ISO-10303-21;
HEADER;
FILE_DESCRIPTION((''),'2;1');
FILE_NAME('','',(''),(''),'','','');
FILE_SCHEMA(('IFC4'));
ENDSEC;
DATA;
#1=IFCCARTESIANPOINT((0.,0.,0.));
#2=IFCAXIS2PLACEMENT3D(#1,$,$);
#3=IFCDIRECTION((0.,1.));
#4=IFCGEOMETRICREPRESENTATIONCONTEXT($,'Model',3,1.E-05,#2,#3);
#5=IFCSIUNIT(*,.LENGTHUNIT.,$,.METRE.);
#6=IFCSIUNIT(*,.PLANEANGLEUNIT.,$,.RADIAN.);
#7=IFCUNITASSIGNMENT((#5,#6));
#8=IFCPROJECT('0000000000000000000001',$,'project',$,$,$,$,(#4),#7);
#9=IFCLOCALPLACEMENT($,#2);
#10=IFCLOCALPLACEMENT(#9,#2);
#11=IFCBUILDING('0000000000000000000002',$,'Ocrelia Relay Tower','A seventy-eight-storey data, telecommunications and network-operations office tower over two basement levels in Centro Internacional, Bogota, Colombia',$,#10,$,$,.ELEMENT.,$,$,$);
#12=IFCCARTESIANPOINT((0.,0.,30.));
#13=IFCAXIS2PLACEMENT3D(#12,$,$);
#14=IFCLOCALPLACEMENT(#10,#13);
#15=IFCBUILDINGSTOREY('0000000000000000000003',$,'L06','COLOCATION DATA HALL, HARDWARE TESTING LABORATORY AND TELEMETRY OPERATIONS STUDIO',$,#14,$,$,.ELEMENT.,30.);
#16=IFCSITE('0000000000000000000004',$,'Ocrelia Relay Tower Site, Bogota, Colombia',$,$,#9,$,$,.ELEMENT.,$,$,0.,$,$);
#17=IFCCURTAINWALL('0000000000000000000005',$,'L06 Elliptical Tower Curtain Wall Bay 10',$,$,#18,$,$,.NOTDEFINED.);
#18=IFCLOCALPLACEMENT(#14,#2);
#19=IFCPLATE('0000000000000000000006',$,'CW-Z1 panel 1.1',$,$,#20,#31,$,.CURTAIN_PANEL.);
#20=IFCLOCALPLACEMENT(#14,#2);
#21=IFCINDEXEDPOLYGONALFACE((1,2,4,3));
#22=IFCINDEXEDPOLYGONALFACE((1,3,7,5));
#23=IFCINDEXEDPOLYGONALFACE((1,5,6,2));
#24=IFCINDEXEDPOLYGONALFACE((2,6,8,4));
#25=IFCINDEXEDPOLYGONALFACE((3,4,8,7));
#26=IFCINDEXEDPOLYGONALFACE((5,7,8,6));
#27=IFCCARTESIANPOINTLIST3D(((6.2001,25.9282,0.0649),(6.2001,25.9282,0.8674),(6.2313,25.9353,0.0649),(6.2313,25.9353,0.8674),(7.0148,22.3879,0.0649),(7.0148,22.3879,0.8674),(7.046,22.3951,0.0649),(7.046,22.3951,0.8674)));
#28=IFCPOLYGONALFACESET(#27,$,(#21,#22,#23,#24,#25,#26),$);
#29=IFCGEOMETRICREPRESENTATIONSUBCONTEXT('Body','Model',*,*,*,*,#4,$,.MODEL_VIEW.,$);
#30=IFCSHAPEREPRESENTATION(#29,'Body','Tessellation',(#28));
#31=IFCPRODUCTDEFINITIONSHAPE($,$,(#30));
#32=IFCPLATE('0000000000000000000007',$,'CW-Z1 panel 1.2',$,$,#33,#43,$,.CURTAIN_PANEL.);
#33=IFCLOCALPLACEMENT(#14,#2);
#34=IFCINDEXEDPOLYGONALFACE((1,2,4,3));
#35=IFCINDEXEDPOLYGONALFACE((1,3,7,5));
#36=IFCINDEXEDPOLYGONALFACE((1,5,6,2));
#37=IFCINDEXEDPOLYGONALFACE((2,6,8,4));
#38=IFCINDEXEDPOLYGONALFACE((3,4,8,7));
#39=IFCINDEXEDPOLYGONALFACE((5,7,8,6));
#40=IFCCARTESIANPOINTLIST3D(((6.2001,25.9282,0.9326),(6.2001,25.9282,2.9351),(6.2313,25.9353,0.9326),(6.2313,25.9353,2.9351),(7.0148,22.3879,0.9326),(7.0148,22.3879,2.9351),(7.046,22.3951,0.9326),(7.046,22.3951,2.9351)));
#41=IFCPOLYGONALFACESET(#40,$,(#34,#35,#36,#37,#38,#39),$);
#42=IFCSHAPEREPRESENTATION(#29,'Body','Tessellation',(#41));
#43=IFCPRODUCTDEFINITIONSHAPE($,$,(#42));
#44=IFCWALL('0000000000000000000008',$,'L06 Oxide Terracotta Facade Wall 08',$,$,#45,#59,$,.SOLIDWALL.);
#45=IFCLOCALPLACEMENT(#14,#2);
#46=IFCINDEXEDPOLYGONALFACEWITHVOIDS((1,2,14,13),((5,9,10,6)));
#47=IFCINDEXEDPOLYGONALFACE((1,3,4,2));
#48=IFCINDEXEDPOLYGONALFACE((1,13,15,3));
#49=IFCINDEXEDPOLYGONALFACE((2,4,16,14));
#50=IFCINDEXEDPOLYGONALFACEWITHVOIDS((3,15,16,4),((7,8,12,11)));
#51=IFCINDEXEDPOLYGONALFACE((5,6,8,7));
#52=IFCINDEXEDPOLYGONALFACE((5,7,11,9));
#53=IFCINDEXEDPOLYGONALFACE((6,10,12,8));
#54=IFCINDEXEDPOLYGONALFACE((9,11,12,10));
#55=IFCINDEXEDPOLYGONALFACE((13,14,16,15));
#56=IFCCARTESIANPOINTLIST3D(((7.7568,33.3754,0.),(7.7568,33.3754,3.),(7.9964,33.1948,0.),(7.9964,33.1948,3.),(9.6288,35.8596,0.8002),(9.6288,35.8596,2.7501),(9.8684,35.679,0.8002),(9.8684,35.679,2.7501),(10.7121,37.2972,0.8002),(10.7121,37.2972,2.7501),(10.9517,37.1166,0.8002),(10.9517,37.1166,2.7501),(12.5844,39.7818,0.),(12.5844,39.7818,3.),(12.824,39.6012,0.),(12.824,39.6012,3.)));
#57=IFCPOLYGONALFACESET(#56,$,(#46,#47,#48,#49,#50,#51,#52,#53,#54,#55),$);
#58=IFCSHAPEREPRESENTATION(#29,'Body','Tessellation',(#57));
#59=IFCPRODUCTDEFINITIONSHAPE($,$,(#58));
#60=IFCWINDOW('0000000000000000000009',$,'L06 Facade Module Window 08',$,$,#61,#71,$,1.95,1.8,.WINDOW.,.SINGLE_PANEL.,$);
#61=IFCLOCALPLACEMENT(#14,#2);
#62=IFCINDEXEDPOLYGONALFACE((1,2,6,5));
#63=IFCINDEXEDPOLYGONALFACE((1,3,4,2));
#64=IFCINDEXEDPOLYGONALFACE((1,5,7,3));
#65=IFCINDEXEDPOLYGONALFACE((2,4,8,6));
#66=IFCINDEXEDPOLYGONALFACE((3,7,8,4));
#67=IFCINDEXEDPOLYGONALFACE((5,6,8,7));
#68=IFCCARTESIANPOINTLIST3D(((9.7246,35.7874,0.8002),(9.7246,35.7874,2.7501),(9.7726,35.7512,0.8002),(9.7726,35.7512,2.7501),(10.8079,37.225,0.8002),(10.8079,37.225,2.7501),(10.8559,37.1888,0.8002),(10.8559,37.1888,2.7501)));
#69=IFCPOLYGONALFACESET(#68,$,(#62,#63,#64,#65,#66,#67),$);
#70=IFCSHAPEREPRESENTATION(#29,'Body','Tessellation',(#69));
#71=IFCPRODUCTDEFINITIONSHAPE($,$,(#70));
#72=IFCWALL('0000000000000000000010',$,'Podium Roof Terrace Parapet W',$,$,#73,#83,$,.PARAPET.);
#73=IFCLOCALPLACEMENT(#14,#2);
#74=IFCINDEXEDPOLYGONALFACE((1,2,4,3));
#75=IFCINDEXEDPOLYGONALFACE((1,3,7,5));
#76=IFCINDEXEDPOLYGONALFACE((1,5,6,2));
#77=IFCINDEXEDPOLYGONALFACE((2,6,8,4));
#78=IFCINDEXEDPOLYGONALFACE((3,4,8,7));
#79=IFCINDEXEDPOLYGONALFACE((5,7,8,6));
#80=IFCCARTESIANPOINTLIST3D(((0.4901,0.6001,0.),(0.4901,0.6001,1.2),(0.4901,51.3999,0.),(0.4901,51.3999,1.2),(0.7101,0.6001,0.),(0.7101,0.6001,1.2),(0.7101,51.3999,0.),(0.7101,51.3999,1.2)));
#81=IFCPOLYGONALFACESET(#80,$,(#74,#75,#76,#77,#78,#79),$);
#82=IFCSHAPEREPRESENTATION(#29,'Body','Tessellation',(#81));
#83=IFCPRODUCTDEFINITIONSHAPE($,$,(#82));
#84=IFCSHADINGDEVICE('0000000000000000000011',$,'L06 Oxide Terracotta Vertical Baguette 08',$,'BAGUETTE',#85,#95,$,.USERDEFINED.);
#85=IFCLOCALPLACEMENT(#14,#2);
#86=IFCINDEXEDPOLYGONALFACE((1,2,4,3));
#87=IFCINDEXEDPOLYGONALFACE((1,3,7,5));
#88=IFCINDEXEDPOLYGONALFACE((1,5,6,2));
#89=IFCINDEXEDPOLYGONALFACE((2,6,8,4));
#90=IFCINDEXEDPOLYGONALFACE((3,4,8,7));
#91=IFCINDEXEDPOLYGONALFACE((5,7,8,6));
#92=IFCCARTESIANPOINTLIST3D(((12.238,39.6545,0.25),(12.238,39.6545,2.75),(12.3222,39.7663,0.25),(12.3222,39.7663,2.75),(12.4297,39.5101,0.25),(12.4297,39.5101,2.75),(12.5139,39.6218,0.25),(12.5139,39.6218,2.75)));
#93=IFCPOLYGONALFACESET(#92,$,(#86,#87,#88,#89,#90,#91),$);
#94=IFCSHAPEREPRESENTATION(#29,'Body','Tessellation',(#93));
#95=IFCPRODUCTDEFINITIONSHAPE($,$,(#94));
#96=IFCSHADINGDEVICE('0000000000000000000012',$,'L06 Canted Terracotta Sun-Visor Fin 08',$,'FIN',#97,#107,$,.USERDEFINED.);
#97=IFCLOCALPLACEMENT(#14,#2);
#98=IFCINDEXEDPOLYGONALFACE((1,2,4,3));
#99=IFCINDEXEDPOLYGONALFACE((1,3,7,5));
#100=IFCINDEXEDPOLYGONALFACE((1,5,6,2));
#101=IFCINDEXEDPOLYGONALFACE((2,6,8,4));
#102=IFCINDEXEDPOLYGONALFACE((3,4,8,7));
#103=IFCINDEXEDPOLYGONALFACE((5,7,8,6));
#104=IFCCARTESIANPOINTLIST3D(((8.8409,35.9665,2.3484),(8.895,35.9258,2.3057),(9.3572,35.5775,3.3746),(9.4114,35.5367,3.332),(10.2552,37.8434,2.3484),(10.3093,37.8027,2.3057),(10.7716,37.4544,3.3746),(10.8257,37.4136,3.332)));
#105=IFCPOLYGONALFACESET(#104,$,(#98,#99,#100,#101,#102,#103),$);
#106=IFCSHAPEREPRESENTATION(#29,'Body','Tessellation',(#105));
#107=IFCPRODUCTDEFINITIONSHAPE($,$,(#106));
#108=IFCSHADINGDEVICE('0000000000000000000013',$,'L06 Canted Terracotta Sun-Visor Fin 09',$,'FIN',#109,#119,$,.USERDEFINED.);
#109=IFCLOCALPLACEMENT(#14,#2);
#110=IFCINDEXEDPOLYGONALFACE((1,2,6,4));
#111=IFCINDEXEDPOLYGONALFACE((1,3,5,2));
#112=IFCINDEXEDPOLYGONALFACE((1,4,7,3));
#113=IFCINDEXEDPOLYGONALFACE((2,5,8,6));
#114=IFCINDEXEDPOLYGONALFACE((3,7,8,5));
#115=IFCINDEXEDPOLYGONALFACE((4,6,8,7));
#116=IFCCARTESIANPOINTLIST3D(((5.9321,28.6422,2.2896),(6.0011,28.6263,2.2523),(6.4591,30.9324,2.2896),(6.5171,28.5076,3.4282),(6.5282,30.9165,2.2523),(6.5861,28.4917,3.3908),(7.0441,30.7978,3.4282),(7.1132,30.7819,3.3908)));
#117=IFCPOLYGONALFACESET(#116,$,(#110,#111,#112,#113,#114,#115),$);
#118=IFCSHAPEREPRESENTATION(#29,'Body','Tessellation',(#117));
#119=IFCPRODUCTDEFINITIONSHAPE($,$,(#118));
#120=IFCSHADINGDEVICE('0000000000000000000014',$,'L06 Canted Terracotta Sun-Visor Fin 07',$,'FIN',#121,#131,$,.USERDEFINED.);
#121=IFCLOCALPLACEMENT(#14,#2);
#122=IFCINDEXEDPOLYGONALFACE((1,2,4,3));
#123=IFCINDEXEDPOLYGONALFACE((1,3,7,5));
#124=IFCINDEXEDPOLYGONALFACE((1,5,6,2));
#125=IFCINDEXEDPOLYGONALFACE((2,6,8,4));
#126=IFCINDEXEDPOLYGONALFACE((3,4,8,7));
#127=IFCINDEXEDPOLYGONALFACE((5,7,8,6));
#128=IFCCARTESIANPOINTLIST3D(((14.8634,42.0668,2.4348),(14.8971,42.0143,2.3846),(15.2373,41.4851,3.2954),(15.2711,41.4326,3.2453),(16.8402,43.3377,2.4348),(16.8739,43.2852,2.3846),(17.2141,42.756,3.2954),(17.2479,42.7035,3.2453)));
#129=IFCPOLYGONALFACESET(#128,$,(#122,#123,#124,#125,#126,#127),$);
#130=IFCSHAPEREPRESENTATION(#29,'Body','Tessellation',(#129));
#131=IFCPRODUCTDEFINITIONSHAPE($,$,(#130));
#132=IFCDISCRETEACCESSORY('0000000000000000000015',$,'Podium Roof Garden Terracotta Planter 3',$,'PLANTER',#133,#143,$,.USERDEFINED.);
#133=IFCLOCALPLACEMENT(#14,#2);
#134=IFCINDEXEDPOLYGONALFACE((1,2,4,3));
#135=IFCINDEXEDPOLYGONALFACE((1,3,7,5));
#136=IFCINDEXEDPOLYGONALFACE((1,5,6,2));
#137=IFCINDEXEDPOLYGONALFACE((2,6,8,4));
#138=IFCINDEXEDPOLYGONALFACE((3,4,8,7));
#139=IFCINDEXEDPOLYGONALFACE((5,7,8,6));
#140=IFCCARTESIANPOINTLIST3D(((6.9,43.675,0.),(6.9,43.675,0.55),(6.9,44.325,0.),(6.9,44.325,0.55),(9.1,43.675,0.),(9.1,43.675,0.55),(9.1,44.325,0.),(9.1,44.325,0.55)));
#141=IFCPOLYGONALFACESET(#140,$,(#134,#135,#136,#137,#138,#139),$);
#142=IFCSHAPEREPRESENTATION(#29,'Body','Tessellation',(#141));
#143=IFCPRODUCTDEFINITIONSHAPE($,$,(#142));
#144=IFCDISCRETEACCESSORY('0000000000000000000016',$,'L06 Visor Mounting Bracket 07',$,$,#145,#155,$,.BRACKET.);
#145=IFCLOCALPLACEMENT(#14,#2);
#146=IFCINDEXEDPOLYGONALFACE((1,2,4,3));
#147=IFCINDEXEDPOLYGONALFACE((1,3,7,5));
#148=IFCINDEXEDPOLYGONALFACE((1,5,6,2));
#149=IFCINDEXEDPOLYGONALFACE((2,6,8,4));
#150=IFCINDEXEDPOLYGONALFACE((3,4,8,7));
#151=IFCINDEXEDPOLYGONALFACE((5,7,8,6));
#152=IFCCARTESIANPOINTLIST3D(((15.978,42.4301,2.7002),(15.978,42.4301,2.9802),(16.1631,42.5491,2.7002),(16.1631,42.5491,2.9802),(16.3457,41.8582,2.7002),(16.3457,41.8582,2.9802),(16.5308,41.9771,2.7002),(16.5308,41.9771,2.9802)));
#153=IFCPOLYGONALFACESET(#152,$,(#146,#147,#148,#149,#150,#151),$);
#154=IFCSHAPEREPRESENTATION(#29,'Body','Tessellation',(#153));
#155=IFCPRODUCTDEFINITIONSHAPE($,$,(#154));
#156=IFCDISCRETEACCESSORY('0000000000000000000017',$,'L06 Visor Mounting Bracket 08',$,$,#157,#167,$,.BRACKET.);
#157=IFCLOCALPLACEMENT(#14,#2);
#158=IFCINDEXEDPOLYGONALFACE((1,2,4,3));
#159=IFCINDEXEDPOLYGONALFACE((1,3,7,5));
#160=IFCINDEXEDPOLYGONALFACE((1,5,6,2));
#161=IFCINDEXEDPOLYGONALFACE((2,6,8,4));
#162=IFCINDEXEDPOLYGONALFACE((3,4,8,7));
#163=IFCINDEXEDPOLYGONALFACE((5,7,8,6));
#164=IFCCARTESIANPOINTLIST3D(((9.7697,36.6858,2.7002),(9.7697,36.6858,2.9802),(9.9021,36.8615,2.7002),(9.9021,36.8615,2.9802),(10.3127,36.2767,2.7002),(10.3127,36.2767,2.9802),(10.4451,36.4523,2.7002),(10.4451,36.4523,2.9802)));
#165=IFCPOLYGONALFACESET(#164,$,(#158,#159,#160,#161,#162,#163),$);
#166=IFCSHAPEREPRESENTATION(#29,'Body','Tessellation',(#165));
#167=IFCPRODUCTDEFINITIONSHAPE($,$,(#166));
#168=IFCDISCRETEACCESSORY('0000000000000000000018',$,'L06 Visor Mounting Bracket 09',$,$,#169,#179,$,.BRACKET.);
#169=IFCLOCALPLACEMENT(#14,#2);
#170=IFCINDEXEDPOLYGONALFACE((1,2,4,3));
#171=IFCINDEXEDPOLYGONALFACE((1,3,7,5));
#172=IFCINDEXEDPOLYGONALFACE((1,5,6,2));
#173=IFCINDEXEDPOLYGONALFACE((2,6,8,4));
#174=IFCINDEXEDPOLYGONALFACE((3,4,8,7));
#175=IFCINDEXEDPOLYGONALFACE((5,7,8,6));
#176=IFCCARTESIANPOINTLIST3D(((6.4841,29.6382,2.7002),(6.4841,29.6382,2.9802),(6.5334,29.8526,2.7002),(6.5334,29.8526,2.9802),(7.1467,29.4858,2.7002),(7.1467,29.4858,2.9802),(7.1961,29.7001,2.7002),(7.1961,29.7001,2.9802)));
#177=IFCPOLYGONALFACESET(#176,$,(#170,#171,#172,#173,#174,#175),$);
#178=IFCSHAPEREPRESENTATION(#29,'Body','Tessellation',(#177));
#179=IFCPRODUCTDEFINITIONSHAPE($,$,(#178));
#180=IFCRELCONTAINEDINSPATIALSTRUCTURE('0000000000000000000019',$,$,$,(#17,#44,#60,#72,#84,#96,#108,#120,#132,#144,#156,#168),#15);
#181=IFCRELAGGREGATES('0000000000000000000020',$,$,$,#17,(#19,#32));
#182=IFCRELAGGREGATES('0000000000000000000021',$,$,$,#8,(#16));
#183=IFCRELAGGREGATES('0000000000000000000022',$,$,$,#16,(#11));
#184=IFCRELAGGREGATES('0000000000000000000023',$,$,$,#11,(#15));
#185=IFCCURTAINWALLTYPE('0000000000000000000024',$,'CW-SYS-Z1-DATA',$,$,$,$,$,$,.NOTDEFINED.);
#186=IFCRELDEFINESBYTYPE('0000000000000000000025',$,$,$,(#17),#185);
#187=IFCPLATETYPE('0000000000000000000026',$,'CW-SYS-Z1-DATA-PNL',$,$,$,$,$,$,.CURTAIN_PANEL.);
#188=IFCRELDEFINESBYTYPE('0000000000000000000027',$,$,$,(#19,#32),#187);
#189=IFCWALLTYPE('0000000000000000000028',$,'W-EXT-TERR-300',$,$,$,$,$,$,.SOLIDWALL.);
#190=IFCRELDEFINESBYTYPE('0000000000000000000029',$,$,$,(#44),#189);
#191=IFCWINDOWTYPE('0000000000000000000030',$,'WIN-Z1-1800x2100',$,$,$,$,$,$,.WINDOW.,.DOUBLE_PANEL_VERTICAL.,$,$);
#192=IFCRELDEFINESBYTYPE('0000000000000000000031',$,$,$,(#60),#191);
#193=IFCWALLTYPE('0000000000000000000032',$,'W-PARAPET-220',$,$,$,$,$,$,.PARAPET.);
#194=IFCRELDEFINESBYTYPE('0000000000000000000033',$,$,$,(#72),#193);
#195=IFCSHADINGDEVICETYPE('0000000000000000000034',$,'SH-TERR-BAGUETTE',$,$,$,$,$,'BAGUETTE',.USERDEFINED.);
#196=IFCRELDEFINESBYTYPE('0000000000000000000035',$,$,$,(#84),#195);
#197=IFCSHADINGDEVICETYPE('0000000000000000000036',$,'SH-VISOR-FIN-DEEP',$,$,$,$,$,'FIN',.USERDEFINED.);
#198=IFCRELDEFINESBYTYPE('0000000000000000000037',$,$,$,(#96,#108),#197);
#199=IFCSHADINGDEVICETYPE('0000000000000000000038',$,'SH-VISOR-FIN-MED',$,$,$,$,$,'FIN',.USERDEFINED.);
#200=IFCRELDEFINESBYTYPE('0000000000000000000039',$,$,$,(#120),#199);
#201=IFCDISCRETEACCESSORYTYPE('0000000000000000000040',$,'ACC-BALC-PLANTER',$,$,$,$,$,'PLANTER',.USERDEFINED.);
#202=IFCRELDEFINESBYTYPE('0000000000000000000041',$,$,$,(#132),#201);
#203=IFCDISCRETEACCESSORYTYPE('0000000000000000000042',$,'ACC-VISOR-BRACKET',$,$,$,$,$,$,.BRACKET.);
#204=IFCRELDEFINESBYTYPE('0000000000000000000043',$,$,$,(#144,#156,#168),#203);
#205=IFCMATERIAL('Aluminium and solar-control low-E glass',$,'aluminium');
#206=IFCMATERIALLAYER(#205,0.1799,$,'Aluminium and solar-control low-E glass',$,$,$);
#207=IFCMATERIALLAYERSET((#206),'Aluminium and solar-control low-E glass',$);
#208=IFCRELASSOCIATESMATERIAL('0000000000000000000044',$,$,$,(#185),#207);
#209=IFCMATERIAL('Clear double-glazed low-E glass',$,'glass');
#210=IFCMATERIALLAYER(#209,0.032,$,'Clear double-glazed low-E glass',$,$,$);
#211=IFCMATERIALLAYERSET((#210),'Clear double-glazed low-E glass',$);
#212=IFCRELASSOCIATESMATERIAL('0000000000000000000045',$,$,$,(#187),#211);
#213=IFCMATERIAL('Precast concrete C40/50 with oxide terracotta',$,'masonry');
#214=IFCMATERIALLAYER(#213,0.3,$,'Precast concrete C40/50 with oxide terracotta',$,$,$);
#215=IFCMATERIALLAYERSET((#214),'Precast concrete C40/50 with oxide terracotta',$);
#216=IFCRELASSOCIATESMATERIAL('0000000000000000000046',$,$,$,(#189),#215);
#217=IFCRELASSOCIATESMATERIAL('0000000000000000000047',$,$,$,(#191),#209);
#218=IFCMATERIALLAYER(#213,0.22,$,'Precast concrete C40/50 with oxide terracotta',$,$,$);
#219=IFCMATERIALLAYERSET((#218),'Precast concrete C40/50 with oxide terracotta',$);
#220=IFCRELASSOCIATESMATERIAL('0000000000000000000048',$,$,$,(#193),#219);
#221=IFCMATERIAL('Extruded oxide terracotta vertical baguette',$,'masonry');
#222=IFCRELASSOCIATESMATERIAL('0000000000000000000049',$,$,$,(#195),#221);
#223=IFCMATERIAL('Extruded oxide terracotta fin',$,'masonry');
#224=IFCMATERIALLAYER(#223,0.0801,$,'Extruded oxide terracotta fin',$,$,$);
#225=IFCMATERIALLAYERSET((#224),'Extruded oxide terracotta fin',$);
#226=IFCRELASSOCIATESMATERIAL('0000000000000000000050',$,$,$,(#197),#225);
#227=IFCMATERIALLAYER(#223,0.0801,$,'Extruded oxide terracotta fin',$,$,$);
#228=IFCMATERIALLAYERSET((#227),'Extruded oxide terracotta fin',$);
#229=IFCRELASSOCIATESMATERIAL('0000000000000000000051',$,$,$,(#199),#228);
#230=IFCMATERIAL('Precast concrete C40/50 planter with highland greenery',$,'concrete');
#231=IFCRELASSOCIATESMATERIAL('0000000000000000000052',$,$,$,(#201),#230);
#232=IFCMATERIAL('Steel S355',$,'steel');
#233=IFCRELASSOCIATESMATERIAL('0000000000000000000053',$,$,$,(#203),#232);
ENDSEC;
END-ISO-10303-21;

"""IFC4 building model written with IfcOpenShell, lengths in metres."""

from ifc_helpers import new_model, si_unit, direction, frame, frame_2d, origin, origin_2d, place, context, subcontext, project, spatial, rectangle, extrude, material, layer, layer_set, type_object, element, fill, aggregate, save


model = new_model("IFC4")

# Units and contexts
model_context = context("Model", 3, precision=1e-05, world=origin(), true_north=direction((0.0, 1.0)))
body_context = subcontext(model_context, "Body", "Model", "MODEL_VIEW")
ifc_project = project(units=[si_unit("LENGTHUNIT", "METRE"), si_unit("PLANEANGLEUNIT", "RADIAN")], contexts=[model_context])

# Site, building, storey
site_placement = place(None, origin())
site = spatial("IfcSite", under=ifc_project, at=site_placement, Name="Ocrelia Relay Tower Site, Bogota, Colombia", CompositionType="ELEMENT", RefElevation=0.0)
building_placement = place(site_placement, origin())
building = spatial("IfcBuilding", under=site, at=building_placement, Name="Ocrelia Relay Tower", Description="A seventy-eight-storey data, telecommunications and network-operations office tower over two basement levels in Centro Internacional, Bogota, Colombia", CompositionType="ELEMENT")
storey_placement = place(building_placement, frame((0.0, 0.0, 30.0)))
storey = spatial("IfcBuildingStorey", under=building, at=storey_placement, Name="L06", Description="COLOCATION DATA HALL, HARDWARE TESTING LABORATORY AND TELEMETRY OPERATIONS STUDIO", CompositionType="ELEMENT", Elevation=30.0)

# Shared definitions
ifc_material_1 = material(Name="Steel S355", Category="steel")

# Shared definitions
ifc_material_2 = material(Name="Aluminium and solar-control low-E glass", Category="aluminium")
ifc_layer_1 = layer(ifc_material_2, 0.1799, Name="Aluminium and solar-control low-E glass")
ifc_layer_set_1 = layer_set([ifc_layer_1], Name="Aluminium and solar-control low-E glass")
curtain_wall_type = type_object("IfcCurtainWallType", Name="CW-SYS-Z1-DATA", PredefinedType="NOTDEFINED", material=ifc_layer_set_1)

# Curtain wall
curtain_wall_1_placement = place(storey_placement, origin())
curtain_wall_1 = element("IfcCurtainWall", 1, at=curtain_wall_1_placement, inside=storey, type_object=curtain_wall_type, Name="L06 Elliptical Tower Curtain Wall Bay 10", PredefinedType="NOTDEFINED")

# Plates
ifc_material_3 = material(Name="Clear double-glazed low-E glass", Category="glass")
ifc_layer_2 = layer(ifc_material_3, 0.032, Name="Clear double-glazed low-E glass")
ifc_layer_set_2 = layer_set([ifc_layer_2], Name="Clear double-glazed low-E glass")
plate_type = type_object("IfcPlateType", Name="CW-SYS-Z1-DATA-PNL", PredefinedType="CURTAIN_PANEL", material=ifc_layer_set_2)
plate_1_placement = place(storey_placement, frame((6.623, 24.1616, 0.0649), z_axis=(0.0, 0.0, 1.0), x_axis=(0.224268, -0.974527, 0.0)))
plate_1 = element("IfcPlate", 2, at=plate_1_placement, type_object=plate_type, Name="CW-Z1 panel 1.1", PredefinedType="CURTAIN_PANEL", context=body_context, shape_type="SweptSolid", body=[
    extrude(rectangle(XDim=3.6328, YDim=0.032, at=origin_2d()), origin(), (0.0, 0.0, 1.0), 0.8025),
])
plate_2_placement = place(storey_placement, frame((6.623, 24.1616, 0.9326), z_axis=(0.0, 0.0, 1.0), x_axis=(0.224268, -0.974527, 0.0)))
plate_2 = element("IfcPlate", 3, at=plate_2_placement, type_object=plate_type, Name="CW-Z1 panel 1.2", PredefinedType="CURTAIN_PANEL", context=body_context, shape_type="SweptSolid", body=[
    extrude(rectangle(XDim=3.6328, YDim=0.032, at=origin_2d()), origin(), (0.0, 0.0, 1.0), 2.0024),
])
aggregate(curtain_wall_1, [plate_1, plate_2])

# Wall, opening, window
ifc_material_4 = material(Name="Precast concrete C40/50 with oxide terracotta", Category="masonry")
ifc_layer_3 = layer(ifc_material_4, 0.3, Name="Precast concrete C40/50 with oxide terracotta")
ifc_layer_set_3 = layer_set([ifc_layer_3], Name="Precast concrete C40/50 with oxide terracotta")
wall_type_1 = type_object("IfcWallType", Name="W-EXT-TERR-300", PredefinedType="SOLIDWALL", material=ifc_layer_set_3)
wall_1_placement = place(storey_placement, frame((12.7041, 39.6914, 0.0), z_axis=(0.0, 0.0, 1.0), x_axis=(-0.601815, -0.798636, 0.0)))
wall_1 = element("IfcWall", 4, at=wall_1_placement, inside=storey, type_object=wall_type_1, Name="L06 Oxide Terracotta Facade Wall 08", PredefinedType="SOLIDWALL", context=body_context, shape_type="SweptSolid", body=[
    extrude(rectangle(XDim=8.0217, YDim=0.3, at=frame_2d((4.0107, 0.0))), origin(), (0.0, 0.0, 1.0), 3.0),
])
opening_placement = place(wall_1_placement, frame((3.1111, 0.0, 0.8)))
opening = element("IfcOpeningElement", 5, at=opening_placement, cuts=wall_1, PredefinedType="OPENING", context=body_context, shape_type="SweptSolid", body=[
    extrude(rectangle(XDim=1.8, YDim=1.95, at=frame_2d((0.8999, 0.9751))), frame((0.0, 0.1602, 0.0), z_axis=(0.0, -1.0, 0.0), x_axis=(1.0, 0.0, 0.0)), (0.0, 0.0, 1.0), 0.3201),
])
window_type = type_object("IfcWindowType", Name="WIN-Z1-1800x2100", PartitioningType="DOUBLE_PANEL_VERTICAL", PredefinedType="WINDOW", material=ifc_material_3)
window_placement = place(opening_placement, origin())
window = element("IfcWindow", 6, at=window_placement, inside=storey, type_object=window_type, Name="L06 Facade Module Window 08", OverallHeight=1.95, OverallWidth=1.8, PartitioningType="SINGLE_PANEL", PredefinedType="WINDOW", context=body_context, shape_type="SweptSolid", body=[
    extrude(rectangle(XDim=1.8, YDim=1.95, at=frame_2d((0.8999, 0.9751))), frame((0.0, 0.03, 0.0), z_axis=(0.0, -1.0, 0.0), x_axis=(1.0, 0.0, 0.0)), (0.0, 0.0, 1.0), 0.0601),
])
fill(opening, window)

# Wall
ifc_layer_4 = layer(ifc_material_4, 0.22, Name="Precast concrete C40/50 with oxide terracotta")
ifc_layer_set_4 = layer_set([ifc_layer_4], Name="Precast concrete C40/50 with oxide terracotta")
wall_type_2 = type_object("IfcWallType", Name="W-PARAPET-220", PredefinedType="PARAPET", material=ifc_layer_set_4)
wall_2_placement = place(storey_placement, frame((0.6001, 51.3999, 0.0), z_axis=(0.0, 0.0, 1.0), x_axis=(0.0, -1.0, 0.0)))
element("IfcWall", 7, at=wall_2_placement, inside=storey, type_object=wall_type_2, Name="Podium Roof Terrace Parapet W", PredefinedType="PARAPET", context=body_context, shape_type="SweptSolid", body=[
    extrude(rectangle(XDim=50.7998, YDim=0.22, at=frame_2d((25.3999, 0.0))), origin(), (0.0, 0.0, 1.0), 1.2),
])

# Shading devices
ifc_material_5 = material(Name="Extruded oxide terracotta vertical baguette", Category="masonry")
shading_device_type_1 = type_object("IfcShadingDeviceType", Name="SH-TERR-BAGUETTE", ElementType="BAGUETTE", PredefinedType="USERDEFINED", material=ifc_material_5)
shading_device_1_placement = place(storey_placement, frame((12.376, 39.6382, 0.25), z_axis=(0.0, 0.0, 1.0), x_axis=(-0.60181, -0.79864, 0.0)))
element("IfcShadingDevice", 8, at=shading_device_1_placement, inside=storey, type_object=shading_device_type_1, Name="L06 Oxide Terracotta Vertical Baguette 08", ObjectType="BAGUETTE", PredefinedType="USERDEFINED", context=body_context, shape_type="SweptSolid", body=[
    extrude(rectangle(XDim=0.1399, YDim=0.24, at=origin_2d()), origin(), (0.0, 0.0, 1.0), 2.5),
])
ifc_material_6 = material(Name="Extruded oxide terracotta fin", Category="masonry")
ifc_layer_5 = layer(ifc_material_6, 0.0801, Name="Extruded oxide terracotta fin")
ifc_layer_set_5 = layer_set([ifc_layer_5], Name="Extruded oxide terracotta fin")
shading_device_type_2 = type_object("IfcShadingDeviceType", Name="SH-VISOR-FIN-DEEP", ElementType="FIN", PredefinedType="USERDEFINED", material=ifc_layer_set_5)
shading_device_2_placement = place(storey_placement, frame((9.8604, 36.6697, 2.8188), z_axis=(-0.675729, 0.509191, 0.533024), x_axis=(-0.60181, -0.79864, 0.0)))
element("IfcShadingDevice", 9, at=shading_device_2_placement, inside=storey, type_object=shading_device_type_2, Name="L06 Canted Terracotta Sun-Visor Fin 08", ObjectType="FIN", PredefinedType="USERDEFINED", context=body_context, shape_type="SweptSolid", body=[
    extrude(rectangle(XDim=2.3501, YDim=1.2129, at=origin_2d()), origin(), (0.0, 0.0, 1.0), 0.0801),
])
shading_device_3_placement = place(storey_placement, frame((6.5571, 29.7041, 2.8215), z_axis=(-0.862048, 0.198384, 0.466387), x_axis=(-0.224268, -0.974527, 0.0)))
element("IfcShadingDevice", 10, at=shading_device_3_placement, inside=storey, type_object=shading_device_type_2, Name="L06 Canted Terracotta Sun-Visor Fin 09", ObjectType="FIN", PredefinedType="USERDEFINED", context=body_context, shape_type="SweptSolid", body=[
    extrude(rectangle(XDim=2.3501, YDim=1.2871, at=origin_2d()), origin(), (0.0, 0.0, 1.0), 0.0801),
])
ifc_layer_6 = layer(ifc_material_6, 0.0801, Name="Extruded oxide terracotta fin")
ifc_layer_set_6 = layer_set([ifc_layer_6], Name="Extruded oxide terracotta fin")
shading_device_type_3 = type_object("IfcShadingDeviceType", Name="SH-VISOR-FIN-MED", ElementType="FIN", PredefinedType="USERDEFINED", material=ifc_layer_set_6)
shading_device_4_placement = place(storey_placement, frame((16.0725, 42.3589, 2.8149), z_axis=(-0.421572, 0.655733, 0.626332), x_axis=(-0.841161, -0.540784, 0.0)))
element("IfcShadingDevice", 11, at=shading_device_4_placement, inside=storey, type_object=shading_device_type_3, Name="L06 Canted Terracotta Sun-Visor Fin 07", ObjectType="FIN", PredefinedType="USERDEFINED", context=body_context, shape_type="SweptSolid", body=[
    extrude(rectangle(XDim=2.3501, YDim=1.104, at=origin_2d()), origin(), (0.0, 0.0, 1.0), 0.0801),
])

# Discrete accessories
ifc_material_7 = material(Name="Precast concrete C40/50 planter with highland greenery", Category="concrete")
discrete_accessory_type_1 = type_object("IfcDiscreteAccessoryType", Name="ACC-BALC-PLANTER", ElementType="PLANTER", PredefinedType="USERDEFINED", material=ifc_material_7)
discrete_accessory_placement = place(storey_placement, frame((8.0, 44.0, 0.0), z_axis=(0.0, 0.0, 1.0), x_axis=(1.0, 0.0, 0.0)))
element("IfcDiscreteAccessory", 12, at=discrete_accessory_placement, inside=storey, type_object=discrete_accessory_type_1, Name="Podium Roof Garden Terracotta Planter 3", ObjectType="PLANTER", PredefinedType="USERDEFINED", context=body_context, shape_type="SweptSolid", body=[
    extrude(rectangle(XDim=2.2, YDim=0.6499, at=origin_2d()), origin(), (0.0, 0.0, 1.0), 0.55),
])
discrete_accessory_type_2 = type_object("IfcDiscreteAccessoryType", Name="ACC-VISOR-BRACKET", PredefinedType="BRACKET", material=ifc_material_1)
for number, where, z_axis, x_axis, name in (
    (13, (16.2544, 42.2036, 2.7002), (0.0, 0.0, 1.0), (-0.841161, -0.540784, 0.0), "L06 Visor Mounting Bracket 07"),
    (14, (10.1074, 36.5691, 2.7002), (0.0, 0.0, 1.0), (-0.60181, -0.79864, 0.0), "L06 Visor Mounting Bracket 08"),
    (15, (6.8401, 29.6692, 2.7002), (0.0, 0.0, 1.0), (-0.224268, -0.974527, 0.0), "L06 Visor Mounting Bracket 09"),
):
    element("IfcDiscreteAccessory", number, at=place(storey_placement, frame(where, z_axis=z_axis, x_axis=x_axis)), inside=storey, type_object=discrete_accessory_type_2, Name=name, PredefinedType="BRACKET", context=body_context, shape_type="SweptSolid", body=[
        extrude(rectangle(XDim=0.22, YDim=0.6799, at=origin_2d()), origin(), (0.0, 0.0, 1.0), 0.28),
    ])

save(model, "model.ifc")
